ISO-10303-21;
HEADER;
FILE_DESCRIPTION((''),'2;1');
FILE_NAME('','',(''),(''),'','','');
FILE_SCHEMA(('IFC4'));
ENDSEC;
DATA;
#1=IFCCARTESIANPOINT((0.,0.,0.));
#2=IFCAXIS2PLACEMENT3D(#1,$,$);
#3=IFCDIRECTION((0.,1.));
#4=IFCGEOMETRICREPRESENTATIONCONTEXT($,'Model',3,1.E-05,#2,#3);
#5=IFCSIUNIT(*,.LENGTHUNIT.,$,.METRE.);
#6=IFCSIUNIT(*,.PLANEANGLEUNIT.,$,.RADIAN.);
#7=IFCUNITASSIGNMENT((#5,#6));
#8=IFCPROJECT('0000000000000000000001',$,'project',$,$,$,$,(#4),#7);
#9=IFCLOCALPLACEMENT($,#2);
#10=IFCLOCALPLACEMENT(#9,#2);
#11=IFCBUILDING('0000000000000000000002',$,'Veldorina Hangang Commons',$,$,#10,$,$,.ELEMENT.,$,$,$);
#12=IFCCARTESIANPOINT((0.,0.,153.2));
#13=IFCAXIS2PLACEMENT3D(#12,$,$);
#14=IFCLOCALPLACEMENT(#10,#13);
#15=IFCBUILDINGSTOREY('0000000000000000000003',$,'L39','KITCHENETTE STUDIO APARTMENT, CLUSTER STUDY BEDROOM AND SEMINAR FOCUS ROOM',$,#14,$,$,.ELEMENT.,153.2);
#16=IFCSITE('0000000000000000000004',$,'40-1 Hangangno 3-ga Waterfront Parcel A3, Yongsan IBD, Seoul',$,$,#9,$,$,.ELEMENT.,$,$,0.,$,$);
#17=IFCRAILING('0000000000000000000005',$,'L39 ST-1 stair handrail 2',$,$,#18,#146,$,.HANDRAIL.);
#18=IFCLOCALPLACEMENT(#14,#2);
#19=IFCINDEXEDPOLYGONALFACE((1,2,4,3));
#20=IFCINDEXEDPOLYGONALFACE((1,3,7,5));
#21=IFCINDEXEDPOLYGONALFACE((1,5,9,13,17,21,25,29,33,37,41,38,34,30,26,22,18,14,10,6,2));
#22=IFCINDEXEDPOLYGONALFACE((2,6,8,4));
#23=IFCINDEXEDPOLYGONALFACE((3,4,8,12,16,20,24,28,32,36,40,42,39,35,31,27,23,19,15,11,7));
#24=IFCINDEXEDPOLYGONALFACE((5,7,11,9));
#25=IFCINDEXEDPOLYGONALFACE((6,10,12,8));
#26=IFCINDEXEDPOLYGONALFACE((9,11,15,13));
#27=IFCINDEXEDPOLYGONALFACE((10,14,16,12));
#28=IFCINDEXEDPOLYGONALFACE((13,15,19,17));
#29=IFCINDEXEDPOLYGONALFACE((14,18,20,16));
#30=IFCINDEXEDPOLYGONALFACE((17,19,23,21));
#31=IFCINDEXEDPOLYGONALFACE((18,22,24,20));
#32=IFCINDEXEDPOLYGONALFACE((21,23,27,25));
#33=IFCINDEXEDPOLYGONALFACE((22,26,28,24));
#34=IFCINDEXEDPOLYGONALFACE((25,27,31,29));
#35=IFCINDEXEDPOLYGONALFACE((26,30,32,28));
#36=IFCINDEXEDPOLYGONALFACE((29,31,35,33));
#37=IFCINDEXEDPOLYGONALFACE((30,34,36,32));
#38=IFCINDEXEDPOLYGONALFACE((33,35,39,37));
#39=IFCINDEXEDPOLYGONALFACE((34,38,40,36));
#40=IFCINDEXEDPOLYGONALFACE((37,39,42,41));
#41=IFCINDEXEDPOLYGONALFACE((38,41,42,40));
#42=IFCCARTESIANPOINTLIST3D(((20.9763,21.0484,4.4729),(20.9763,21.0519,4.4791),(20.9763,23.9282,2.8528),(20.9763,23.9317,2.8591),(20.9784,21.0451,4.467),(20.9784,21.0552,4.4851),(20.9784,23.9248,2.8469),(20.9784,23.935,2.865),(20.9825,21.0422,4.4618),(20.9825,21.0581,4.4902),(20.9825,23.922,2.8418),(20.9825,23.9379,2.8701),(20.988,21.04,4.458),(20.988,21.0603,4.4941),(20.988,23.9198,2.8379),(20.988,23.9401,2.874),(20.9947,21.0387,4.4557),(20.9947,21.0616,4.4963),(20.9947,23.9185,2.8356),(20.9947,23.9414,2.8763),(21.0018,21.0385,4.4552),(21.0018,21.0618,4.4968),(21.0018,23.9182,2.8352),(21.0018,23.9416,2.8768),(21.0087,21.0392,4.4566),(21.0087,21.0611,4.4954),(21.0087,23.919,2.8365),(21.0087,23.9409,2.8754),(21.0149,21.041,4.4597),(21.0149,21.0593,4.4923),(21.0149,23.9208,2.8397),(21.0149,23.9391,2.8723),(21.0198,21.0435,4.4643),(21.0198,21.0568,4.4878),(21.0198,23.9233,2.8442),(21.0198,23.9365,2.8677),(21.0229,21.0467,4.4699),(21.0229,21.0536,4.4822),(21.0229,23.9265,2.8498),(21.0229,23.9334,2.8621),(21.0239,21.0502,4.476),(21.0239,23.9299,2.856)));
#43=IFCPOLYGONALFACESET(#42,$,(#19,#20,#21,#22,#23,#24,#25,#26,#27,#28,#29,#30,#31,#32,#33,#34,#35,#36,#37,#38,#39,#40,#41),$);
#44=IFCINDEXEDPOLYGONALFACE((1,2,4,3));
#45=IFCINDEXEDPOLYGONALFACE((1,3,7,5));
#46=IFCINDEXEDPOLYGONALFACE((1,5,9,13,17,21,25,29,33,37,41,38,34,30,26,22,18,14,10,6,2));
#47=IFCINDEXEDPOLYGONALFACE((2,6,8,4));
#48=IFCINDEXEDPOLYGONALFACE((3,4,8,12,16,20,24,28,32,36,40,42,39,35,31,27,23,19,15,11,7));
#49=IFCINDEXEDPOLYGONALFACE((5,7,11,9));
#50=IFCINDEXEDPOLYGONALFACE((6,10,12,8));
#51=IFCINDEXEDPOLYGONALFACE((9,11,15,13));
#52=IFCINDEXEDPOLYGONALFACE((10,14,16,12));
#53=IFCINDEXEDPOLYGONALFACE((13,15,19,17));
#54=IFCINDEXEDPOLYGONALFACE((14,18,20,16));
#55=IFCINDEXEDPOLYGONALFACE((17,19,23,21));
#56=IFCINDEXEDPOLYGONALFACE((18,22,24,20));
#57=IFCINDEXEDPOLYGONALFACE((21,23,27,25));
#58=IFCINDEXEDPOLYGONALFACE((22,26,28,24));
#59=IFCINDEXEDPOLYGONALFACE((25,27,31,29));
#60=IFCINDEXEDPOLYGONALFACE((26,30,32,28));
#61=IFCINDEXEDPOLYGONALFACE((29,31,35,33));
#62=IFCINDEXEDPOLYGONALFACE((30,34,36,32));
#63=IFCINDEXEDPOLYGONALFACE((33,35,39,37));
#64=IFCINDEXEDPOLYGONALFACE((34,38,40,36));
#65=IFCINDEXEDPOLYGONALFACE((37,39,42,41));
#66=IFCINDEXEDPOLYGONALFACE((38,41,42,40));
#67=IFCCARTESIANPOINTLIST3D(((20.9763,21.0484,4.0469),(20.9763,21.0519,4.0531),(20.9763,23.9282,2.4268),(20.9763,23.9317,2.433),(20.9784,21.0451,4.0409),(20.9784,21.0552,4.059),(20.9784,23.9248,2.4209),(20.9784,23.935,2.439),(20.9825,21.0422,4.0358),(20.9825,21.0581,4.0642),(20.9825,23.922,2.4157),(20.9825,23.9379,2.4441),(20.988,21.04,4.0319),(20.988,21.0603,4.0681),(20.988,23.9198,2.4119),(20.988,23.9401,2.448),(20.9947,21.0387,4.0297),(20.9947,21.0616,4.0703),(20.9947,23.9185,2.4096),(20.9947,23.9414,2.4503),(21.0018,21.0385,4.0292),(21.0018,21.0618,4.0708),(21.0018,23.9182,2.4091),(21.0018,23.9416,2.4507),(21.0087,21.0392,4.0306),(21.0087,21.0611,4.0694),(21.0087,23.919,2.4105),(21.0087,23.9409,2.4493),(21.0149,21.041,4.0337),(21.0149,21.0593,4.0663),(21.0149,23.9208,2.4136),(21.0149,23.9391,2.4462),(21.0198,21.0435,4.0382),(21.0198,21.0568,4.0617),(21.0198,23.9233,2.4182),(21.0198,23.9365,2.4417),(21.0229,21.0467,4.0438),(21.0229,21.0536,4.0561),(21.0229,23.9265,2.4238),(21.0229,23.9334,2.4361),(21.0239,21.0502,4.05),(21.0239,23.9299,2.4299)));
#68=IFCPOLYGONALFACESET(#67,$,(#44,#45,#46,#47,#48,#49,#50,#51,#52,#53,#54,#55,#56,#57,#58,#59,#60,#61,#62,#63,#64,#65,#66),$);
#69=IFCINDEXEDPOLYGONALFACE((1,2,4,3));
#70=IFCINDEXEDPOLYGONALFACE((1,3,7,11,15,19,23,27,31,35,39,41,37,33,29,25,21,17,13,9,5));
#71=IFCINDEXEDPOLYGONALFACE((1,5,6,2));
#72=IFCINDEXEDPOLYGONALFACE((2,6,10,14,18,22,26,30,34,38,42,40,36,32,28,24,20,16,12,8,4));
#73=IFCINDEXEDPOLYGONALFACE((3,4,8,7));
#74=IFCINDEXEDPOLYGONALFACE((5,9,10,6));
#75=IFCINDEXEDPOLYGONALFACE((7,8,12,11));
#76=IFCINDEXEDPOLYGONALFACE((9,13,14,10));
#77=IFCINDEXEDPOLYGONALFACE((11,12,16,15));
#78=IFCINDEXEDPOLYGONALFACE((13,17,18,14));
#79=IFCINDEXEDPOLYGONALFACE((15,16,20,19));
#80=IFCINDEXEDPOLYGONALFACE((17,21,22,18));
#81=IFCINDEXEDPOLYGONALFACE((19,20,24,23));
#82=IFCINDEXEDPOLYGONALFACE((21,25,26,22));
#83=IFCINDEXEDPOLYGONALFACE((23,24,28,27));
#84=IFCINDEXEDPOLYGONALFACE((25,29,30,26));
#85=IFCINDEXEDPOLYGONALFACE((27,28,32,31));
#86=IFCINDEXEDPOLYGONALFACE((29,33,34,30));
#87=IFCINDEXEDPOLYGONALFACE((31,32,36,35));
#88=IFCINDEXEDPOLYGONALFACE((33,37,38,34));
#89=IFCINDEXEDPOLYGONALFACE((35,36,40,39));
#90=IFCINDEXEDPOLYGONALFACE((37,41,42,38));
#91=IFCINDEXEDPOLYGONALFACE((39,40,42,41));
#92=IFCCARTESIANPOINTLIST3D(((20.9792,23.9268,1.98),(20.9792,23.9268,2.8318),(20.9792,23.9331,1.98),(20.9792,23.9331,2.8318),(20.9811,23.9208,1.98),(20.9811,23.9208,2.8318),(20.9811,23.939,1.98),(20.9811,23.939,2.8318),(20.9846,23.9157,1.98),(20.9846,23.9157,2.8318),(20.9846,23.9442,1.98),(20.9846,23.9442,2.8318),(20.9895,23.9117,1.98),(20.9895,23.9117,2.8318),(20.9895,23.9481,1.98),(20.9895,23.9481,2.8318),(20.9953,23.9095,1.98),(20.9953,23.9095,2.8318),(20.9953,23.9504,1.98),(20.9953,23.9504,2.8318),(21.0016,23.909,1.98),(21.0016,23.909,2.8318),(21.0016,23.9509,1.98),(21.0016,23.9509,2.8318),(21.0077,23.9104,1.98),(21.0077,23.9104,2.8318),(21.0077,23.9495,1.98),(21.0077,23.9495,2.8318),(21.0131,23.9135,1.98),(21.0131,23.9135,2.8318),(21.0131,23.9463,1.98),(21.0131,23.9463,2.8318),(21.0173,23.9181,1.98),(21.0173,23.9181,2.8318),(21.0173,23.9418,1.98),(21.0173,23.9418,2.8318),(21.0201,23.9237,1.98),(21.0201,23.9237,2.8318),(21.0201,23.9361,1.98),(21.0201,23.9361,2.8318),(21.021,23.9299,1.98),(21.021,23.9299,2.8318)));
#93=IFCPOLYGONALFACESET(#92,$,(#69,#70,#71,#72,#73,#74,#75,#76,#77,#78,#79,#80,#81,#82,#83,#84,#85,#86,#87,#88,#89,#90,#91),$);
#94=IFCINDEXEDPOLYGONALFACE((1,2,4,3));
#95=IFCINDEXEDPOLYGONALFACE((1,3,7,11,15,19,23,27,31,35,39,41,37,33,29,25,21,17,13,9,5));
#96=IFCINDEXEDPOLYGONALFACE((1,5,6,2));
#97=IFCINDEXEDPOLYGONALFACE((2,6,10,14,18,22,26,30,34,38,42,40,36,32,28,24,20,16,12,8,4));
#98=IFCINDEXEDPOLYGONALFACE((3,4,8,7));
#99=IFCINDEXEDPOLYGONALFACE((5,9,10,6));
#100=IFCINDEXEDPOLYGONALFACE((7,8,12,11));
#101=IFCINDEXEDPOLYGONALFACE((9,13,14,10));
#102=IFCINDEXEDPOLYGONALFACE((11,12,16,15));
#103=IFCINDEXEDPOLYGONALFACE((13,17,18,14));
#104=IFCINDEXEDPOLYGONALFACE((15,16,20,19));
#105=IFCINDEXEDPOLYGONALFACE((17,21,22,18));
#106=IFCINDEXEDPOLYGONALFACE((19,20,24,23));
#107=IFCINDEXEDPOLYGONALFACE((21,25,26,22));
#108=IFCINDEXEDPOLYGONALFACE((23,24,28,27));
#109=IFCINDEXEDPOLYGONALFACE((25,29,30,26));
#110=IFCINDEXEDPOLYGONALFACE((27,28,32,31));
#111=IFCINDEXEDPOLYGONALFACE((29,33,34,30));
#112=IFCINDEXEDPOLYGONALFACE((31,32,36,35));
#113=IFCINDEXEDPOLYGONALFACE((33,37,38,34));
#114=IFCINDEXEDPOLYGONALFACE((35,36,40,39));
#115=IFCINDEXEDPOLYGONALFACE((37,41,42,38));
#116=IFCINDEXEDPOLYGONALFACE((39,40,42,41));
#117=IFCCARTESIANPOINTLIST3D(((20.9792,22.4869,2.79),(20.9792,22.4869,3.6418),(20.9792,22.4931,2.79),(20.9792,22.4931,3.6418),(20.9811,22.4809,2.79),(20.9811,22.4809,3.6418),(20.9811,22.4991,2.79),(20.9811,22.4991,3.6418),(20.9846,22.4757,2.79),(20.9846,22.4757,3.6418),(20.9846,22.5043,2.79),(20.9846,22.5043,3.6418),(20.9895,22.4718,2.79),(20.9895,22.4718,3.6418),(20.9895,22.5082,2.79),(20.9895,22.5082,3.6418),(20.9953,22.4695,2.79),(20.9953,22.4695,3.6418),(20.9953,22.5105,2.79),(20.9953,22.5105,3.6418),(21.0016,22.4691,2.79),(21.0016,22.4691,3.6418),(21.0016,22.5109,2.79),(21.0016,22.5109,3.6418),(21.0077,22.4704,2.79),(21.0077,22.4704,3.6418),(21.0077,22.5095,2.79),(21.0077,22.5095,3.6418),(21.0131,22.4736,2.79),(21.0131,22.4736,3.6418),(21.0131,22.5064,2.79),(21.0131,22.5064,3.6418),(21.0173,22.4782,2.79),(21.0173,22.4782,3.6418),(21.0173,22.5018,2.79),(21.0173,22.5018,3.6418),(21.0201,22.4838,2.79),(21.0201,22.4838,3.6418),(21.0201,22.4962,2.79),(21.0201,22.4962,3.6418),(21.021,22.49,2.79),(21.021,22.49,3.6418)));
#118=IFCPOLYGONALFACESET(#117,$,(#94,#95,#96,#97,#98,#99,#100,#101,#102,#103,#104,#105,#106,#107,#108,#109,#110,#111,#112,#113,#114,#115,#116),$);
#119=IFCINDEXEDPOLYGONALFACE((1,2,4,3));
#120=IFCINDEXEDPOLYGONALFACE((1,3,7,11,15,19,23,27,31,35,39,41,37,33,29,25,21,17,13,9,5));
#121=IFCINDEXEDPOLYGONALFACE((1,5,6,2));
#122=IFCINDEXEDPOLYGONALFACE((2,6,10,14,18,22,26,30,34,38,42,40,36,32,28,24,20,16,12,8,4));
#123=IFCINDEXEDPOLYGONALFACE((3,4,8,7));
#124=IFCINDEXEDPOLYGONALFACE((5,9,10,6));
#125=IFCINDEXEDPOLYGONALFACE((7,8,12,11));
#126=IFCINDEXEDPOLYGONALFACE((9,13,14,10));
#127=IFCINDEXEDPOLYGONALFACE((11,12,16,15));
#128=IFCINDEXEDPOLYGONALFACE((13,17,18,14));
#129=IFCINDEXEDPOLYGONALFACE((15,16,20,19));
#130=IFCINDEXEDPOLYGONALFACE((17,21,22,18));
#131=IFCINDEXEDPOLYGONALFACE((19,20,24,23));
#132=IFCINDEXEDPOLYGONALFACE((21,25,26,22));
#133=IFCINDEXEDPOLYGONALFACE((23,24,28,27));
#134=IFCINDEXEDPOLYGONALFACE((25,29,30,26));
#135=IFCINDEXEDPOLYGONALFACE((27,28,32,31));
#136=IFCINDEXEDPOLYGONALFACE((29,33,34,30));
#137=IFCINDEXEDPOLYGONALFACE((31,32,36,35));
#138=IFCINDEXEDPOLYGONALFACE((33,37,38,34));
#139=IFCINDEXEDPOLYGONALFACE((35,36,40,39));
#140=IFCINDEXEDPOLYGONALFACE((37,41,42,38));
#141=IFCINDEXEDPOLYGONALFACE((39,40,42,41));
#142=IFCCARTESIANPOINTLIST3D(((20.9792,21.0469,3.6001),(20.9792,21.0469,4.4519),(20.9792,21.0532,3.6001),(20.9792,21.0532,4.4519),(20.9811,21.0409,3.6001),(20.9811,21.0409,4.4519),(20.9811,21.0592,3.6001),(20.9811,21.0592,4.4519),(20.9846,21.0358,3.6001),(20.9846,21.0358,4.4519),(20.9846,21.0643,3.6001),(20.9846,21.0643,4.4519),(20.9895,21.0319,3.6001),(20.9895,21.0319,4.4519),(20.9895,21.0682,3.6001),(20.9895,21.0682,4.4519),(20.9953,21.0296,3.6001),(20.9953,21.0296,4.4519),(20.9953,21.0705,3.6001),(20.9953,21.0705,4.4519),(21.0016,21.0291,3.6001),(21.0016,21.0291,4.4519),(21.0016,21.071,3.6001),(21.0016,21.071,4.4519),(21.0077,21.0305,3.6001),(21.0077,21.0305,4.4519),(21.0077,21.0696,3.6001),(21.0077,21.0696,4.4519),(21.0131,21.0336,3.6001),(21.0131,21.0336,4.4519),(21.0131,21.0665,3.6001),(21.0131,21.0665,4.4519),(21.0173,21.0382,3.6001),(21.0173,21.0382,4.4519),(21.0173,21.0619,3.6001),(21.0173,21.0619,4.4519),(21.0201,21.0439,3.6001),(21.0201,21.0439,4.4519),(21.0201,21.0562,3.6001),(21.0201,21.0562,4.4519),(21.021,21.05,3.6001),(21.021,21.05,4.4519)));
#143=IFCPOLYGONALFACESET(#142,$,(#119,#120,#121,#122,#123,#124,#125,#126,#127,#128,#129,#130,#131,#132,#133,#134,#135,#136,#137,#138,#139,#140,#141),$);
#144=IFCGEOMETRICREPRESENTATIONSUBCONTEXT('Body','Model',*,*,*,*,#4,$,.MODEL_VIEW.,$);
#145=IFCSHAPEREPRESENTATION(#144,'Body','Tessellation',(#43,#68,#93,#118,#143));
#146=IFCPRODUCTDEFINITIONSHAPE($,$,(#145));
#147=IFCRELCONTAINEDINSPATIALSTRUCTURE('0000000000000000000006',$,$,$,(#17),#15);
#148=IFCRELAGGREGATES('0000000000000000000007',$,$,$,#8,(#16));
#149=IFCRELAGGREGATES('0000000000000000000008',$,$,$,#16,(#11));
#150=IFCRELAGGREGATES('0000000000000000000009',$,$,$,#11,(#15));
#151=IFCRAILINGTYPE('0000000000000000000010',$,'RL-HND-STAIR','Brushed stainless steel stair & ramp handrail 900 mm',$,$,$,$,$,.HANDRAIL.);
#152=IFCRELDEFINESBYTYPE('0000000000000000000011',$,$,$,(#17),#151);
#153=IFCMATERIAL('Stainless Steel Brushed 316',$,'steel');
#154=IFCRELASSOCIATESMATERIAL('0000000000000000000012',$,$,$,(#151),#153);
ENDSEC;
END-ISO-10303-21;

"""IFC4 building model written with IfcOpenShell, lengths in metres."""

from ifc_helpers import new_model, si_unit, direction, frame, origin, origin_2d, place, context, subcontext, project, spatial, circle, extrude, material, type_object, element, save


model = new_model("IFC4")

# Units and contexts
model_context = context("Model", 3, precision=1e-05, world=origin(), true_north=direction((0.0, 1.0)))
body_context = subcontext(model_context, "Body", "Model", "MODEL_VIEW")
ifc_project = project(units=[si_unit("LENGTHUNIT", "METRE"), si_unit("PLANEANGLEUNIT", "RADIAN")], contexts=[model_context])

# Site, building, storey
site_placement = place(None, origin())
site = spatial("IfcSite", under=ifc_project, at=site_placement, Name="40-1 Hangangno 3-ga Waterfront Parcel A3, Yongsan IBD, Seoul", CompositionType="ELEMENT", RefElevation=0.0)
building_placement = place(site_placement, origin())
building = spatial("IfcBuilding", under=site, at=building_placement, Name="Veldorina Hangang Commons", CompositionType="ELEMENT")
storey_placement = place(building_placement, frame((0.0, 0.0, 153.2)))
storey = spatial("IfcBuildingStorey", under=building, at=storey_placement, Name="L39", Description="KITCHENETTE STUDIO APARTMENT, CLUSTER STUDY BEDROOM AND SEMINAR FOCUS ROOM", CompositionType="ELEMENT", Elevation=153.2)

# Railing
ifc_material_1 = material(Name="Stainless Steel Brushed 316", Category="steel")
railing_type_1 = type_object("IfcRailingType", Name="RL-HND-STAIR", Description="Brushed stainless steel stair & ramp handrail 900 mm", PredefinedType="HANDRAIL", material=ifc_material_1)
railing_1_placement = place(storey_placement, frame((21.0, 23.9299, 1.98)))
element("IfcRailing", 1, at=railing_1_placement, inside=storey, type_object=railing_type_1, Name="L39 ST-1 stair handrail 2", PredefinedType="HANDRAIL", context=body_context, shape_type="SweptSolid", body=[
    extrude(circle(Radius=0.0239, at=origin_2d()), frame((0.0, 0.0, 0.876), z_axis=(0.0, -0.871552, 0.490303), x_axis=(1.0, 0.0, 0.0)), (0.0, 0.0, 1.0), 3.3042),
    extrude(circle(Radius=0.0239, at=origin_2d()), frame((0.0, 0.0, 0.45), z_axis=(0.0, -0.871552, 0.490303), x_axis=(1.0, 0.0, 0.0)), (0.0, 0.0, 1.0), 3.3042),
    extrude(circle(Radius=0.021, at=origin_2d()), origin(), (0.0, 0.0, 1.0), 0.8518),
    extrude(circle(Radius=0.021, at=origin_2d()), frame((0.0, -1.4399, 0.8101)), (0.0, 0.0, 1.0), 0.8518),
    extrude(circle(Radius=0.021, at=origin_2d()), frame((0.0, -2.8799, 1.6201)), (0.0, 0.0, 1.0), 0.8518),
])

save(model, "model.ifc")
